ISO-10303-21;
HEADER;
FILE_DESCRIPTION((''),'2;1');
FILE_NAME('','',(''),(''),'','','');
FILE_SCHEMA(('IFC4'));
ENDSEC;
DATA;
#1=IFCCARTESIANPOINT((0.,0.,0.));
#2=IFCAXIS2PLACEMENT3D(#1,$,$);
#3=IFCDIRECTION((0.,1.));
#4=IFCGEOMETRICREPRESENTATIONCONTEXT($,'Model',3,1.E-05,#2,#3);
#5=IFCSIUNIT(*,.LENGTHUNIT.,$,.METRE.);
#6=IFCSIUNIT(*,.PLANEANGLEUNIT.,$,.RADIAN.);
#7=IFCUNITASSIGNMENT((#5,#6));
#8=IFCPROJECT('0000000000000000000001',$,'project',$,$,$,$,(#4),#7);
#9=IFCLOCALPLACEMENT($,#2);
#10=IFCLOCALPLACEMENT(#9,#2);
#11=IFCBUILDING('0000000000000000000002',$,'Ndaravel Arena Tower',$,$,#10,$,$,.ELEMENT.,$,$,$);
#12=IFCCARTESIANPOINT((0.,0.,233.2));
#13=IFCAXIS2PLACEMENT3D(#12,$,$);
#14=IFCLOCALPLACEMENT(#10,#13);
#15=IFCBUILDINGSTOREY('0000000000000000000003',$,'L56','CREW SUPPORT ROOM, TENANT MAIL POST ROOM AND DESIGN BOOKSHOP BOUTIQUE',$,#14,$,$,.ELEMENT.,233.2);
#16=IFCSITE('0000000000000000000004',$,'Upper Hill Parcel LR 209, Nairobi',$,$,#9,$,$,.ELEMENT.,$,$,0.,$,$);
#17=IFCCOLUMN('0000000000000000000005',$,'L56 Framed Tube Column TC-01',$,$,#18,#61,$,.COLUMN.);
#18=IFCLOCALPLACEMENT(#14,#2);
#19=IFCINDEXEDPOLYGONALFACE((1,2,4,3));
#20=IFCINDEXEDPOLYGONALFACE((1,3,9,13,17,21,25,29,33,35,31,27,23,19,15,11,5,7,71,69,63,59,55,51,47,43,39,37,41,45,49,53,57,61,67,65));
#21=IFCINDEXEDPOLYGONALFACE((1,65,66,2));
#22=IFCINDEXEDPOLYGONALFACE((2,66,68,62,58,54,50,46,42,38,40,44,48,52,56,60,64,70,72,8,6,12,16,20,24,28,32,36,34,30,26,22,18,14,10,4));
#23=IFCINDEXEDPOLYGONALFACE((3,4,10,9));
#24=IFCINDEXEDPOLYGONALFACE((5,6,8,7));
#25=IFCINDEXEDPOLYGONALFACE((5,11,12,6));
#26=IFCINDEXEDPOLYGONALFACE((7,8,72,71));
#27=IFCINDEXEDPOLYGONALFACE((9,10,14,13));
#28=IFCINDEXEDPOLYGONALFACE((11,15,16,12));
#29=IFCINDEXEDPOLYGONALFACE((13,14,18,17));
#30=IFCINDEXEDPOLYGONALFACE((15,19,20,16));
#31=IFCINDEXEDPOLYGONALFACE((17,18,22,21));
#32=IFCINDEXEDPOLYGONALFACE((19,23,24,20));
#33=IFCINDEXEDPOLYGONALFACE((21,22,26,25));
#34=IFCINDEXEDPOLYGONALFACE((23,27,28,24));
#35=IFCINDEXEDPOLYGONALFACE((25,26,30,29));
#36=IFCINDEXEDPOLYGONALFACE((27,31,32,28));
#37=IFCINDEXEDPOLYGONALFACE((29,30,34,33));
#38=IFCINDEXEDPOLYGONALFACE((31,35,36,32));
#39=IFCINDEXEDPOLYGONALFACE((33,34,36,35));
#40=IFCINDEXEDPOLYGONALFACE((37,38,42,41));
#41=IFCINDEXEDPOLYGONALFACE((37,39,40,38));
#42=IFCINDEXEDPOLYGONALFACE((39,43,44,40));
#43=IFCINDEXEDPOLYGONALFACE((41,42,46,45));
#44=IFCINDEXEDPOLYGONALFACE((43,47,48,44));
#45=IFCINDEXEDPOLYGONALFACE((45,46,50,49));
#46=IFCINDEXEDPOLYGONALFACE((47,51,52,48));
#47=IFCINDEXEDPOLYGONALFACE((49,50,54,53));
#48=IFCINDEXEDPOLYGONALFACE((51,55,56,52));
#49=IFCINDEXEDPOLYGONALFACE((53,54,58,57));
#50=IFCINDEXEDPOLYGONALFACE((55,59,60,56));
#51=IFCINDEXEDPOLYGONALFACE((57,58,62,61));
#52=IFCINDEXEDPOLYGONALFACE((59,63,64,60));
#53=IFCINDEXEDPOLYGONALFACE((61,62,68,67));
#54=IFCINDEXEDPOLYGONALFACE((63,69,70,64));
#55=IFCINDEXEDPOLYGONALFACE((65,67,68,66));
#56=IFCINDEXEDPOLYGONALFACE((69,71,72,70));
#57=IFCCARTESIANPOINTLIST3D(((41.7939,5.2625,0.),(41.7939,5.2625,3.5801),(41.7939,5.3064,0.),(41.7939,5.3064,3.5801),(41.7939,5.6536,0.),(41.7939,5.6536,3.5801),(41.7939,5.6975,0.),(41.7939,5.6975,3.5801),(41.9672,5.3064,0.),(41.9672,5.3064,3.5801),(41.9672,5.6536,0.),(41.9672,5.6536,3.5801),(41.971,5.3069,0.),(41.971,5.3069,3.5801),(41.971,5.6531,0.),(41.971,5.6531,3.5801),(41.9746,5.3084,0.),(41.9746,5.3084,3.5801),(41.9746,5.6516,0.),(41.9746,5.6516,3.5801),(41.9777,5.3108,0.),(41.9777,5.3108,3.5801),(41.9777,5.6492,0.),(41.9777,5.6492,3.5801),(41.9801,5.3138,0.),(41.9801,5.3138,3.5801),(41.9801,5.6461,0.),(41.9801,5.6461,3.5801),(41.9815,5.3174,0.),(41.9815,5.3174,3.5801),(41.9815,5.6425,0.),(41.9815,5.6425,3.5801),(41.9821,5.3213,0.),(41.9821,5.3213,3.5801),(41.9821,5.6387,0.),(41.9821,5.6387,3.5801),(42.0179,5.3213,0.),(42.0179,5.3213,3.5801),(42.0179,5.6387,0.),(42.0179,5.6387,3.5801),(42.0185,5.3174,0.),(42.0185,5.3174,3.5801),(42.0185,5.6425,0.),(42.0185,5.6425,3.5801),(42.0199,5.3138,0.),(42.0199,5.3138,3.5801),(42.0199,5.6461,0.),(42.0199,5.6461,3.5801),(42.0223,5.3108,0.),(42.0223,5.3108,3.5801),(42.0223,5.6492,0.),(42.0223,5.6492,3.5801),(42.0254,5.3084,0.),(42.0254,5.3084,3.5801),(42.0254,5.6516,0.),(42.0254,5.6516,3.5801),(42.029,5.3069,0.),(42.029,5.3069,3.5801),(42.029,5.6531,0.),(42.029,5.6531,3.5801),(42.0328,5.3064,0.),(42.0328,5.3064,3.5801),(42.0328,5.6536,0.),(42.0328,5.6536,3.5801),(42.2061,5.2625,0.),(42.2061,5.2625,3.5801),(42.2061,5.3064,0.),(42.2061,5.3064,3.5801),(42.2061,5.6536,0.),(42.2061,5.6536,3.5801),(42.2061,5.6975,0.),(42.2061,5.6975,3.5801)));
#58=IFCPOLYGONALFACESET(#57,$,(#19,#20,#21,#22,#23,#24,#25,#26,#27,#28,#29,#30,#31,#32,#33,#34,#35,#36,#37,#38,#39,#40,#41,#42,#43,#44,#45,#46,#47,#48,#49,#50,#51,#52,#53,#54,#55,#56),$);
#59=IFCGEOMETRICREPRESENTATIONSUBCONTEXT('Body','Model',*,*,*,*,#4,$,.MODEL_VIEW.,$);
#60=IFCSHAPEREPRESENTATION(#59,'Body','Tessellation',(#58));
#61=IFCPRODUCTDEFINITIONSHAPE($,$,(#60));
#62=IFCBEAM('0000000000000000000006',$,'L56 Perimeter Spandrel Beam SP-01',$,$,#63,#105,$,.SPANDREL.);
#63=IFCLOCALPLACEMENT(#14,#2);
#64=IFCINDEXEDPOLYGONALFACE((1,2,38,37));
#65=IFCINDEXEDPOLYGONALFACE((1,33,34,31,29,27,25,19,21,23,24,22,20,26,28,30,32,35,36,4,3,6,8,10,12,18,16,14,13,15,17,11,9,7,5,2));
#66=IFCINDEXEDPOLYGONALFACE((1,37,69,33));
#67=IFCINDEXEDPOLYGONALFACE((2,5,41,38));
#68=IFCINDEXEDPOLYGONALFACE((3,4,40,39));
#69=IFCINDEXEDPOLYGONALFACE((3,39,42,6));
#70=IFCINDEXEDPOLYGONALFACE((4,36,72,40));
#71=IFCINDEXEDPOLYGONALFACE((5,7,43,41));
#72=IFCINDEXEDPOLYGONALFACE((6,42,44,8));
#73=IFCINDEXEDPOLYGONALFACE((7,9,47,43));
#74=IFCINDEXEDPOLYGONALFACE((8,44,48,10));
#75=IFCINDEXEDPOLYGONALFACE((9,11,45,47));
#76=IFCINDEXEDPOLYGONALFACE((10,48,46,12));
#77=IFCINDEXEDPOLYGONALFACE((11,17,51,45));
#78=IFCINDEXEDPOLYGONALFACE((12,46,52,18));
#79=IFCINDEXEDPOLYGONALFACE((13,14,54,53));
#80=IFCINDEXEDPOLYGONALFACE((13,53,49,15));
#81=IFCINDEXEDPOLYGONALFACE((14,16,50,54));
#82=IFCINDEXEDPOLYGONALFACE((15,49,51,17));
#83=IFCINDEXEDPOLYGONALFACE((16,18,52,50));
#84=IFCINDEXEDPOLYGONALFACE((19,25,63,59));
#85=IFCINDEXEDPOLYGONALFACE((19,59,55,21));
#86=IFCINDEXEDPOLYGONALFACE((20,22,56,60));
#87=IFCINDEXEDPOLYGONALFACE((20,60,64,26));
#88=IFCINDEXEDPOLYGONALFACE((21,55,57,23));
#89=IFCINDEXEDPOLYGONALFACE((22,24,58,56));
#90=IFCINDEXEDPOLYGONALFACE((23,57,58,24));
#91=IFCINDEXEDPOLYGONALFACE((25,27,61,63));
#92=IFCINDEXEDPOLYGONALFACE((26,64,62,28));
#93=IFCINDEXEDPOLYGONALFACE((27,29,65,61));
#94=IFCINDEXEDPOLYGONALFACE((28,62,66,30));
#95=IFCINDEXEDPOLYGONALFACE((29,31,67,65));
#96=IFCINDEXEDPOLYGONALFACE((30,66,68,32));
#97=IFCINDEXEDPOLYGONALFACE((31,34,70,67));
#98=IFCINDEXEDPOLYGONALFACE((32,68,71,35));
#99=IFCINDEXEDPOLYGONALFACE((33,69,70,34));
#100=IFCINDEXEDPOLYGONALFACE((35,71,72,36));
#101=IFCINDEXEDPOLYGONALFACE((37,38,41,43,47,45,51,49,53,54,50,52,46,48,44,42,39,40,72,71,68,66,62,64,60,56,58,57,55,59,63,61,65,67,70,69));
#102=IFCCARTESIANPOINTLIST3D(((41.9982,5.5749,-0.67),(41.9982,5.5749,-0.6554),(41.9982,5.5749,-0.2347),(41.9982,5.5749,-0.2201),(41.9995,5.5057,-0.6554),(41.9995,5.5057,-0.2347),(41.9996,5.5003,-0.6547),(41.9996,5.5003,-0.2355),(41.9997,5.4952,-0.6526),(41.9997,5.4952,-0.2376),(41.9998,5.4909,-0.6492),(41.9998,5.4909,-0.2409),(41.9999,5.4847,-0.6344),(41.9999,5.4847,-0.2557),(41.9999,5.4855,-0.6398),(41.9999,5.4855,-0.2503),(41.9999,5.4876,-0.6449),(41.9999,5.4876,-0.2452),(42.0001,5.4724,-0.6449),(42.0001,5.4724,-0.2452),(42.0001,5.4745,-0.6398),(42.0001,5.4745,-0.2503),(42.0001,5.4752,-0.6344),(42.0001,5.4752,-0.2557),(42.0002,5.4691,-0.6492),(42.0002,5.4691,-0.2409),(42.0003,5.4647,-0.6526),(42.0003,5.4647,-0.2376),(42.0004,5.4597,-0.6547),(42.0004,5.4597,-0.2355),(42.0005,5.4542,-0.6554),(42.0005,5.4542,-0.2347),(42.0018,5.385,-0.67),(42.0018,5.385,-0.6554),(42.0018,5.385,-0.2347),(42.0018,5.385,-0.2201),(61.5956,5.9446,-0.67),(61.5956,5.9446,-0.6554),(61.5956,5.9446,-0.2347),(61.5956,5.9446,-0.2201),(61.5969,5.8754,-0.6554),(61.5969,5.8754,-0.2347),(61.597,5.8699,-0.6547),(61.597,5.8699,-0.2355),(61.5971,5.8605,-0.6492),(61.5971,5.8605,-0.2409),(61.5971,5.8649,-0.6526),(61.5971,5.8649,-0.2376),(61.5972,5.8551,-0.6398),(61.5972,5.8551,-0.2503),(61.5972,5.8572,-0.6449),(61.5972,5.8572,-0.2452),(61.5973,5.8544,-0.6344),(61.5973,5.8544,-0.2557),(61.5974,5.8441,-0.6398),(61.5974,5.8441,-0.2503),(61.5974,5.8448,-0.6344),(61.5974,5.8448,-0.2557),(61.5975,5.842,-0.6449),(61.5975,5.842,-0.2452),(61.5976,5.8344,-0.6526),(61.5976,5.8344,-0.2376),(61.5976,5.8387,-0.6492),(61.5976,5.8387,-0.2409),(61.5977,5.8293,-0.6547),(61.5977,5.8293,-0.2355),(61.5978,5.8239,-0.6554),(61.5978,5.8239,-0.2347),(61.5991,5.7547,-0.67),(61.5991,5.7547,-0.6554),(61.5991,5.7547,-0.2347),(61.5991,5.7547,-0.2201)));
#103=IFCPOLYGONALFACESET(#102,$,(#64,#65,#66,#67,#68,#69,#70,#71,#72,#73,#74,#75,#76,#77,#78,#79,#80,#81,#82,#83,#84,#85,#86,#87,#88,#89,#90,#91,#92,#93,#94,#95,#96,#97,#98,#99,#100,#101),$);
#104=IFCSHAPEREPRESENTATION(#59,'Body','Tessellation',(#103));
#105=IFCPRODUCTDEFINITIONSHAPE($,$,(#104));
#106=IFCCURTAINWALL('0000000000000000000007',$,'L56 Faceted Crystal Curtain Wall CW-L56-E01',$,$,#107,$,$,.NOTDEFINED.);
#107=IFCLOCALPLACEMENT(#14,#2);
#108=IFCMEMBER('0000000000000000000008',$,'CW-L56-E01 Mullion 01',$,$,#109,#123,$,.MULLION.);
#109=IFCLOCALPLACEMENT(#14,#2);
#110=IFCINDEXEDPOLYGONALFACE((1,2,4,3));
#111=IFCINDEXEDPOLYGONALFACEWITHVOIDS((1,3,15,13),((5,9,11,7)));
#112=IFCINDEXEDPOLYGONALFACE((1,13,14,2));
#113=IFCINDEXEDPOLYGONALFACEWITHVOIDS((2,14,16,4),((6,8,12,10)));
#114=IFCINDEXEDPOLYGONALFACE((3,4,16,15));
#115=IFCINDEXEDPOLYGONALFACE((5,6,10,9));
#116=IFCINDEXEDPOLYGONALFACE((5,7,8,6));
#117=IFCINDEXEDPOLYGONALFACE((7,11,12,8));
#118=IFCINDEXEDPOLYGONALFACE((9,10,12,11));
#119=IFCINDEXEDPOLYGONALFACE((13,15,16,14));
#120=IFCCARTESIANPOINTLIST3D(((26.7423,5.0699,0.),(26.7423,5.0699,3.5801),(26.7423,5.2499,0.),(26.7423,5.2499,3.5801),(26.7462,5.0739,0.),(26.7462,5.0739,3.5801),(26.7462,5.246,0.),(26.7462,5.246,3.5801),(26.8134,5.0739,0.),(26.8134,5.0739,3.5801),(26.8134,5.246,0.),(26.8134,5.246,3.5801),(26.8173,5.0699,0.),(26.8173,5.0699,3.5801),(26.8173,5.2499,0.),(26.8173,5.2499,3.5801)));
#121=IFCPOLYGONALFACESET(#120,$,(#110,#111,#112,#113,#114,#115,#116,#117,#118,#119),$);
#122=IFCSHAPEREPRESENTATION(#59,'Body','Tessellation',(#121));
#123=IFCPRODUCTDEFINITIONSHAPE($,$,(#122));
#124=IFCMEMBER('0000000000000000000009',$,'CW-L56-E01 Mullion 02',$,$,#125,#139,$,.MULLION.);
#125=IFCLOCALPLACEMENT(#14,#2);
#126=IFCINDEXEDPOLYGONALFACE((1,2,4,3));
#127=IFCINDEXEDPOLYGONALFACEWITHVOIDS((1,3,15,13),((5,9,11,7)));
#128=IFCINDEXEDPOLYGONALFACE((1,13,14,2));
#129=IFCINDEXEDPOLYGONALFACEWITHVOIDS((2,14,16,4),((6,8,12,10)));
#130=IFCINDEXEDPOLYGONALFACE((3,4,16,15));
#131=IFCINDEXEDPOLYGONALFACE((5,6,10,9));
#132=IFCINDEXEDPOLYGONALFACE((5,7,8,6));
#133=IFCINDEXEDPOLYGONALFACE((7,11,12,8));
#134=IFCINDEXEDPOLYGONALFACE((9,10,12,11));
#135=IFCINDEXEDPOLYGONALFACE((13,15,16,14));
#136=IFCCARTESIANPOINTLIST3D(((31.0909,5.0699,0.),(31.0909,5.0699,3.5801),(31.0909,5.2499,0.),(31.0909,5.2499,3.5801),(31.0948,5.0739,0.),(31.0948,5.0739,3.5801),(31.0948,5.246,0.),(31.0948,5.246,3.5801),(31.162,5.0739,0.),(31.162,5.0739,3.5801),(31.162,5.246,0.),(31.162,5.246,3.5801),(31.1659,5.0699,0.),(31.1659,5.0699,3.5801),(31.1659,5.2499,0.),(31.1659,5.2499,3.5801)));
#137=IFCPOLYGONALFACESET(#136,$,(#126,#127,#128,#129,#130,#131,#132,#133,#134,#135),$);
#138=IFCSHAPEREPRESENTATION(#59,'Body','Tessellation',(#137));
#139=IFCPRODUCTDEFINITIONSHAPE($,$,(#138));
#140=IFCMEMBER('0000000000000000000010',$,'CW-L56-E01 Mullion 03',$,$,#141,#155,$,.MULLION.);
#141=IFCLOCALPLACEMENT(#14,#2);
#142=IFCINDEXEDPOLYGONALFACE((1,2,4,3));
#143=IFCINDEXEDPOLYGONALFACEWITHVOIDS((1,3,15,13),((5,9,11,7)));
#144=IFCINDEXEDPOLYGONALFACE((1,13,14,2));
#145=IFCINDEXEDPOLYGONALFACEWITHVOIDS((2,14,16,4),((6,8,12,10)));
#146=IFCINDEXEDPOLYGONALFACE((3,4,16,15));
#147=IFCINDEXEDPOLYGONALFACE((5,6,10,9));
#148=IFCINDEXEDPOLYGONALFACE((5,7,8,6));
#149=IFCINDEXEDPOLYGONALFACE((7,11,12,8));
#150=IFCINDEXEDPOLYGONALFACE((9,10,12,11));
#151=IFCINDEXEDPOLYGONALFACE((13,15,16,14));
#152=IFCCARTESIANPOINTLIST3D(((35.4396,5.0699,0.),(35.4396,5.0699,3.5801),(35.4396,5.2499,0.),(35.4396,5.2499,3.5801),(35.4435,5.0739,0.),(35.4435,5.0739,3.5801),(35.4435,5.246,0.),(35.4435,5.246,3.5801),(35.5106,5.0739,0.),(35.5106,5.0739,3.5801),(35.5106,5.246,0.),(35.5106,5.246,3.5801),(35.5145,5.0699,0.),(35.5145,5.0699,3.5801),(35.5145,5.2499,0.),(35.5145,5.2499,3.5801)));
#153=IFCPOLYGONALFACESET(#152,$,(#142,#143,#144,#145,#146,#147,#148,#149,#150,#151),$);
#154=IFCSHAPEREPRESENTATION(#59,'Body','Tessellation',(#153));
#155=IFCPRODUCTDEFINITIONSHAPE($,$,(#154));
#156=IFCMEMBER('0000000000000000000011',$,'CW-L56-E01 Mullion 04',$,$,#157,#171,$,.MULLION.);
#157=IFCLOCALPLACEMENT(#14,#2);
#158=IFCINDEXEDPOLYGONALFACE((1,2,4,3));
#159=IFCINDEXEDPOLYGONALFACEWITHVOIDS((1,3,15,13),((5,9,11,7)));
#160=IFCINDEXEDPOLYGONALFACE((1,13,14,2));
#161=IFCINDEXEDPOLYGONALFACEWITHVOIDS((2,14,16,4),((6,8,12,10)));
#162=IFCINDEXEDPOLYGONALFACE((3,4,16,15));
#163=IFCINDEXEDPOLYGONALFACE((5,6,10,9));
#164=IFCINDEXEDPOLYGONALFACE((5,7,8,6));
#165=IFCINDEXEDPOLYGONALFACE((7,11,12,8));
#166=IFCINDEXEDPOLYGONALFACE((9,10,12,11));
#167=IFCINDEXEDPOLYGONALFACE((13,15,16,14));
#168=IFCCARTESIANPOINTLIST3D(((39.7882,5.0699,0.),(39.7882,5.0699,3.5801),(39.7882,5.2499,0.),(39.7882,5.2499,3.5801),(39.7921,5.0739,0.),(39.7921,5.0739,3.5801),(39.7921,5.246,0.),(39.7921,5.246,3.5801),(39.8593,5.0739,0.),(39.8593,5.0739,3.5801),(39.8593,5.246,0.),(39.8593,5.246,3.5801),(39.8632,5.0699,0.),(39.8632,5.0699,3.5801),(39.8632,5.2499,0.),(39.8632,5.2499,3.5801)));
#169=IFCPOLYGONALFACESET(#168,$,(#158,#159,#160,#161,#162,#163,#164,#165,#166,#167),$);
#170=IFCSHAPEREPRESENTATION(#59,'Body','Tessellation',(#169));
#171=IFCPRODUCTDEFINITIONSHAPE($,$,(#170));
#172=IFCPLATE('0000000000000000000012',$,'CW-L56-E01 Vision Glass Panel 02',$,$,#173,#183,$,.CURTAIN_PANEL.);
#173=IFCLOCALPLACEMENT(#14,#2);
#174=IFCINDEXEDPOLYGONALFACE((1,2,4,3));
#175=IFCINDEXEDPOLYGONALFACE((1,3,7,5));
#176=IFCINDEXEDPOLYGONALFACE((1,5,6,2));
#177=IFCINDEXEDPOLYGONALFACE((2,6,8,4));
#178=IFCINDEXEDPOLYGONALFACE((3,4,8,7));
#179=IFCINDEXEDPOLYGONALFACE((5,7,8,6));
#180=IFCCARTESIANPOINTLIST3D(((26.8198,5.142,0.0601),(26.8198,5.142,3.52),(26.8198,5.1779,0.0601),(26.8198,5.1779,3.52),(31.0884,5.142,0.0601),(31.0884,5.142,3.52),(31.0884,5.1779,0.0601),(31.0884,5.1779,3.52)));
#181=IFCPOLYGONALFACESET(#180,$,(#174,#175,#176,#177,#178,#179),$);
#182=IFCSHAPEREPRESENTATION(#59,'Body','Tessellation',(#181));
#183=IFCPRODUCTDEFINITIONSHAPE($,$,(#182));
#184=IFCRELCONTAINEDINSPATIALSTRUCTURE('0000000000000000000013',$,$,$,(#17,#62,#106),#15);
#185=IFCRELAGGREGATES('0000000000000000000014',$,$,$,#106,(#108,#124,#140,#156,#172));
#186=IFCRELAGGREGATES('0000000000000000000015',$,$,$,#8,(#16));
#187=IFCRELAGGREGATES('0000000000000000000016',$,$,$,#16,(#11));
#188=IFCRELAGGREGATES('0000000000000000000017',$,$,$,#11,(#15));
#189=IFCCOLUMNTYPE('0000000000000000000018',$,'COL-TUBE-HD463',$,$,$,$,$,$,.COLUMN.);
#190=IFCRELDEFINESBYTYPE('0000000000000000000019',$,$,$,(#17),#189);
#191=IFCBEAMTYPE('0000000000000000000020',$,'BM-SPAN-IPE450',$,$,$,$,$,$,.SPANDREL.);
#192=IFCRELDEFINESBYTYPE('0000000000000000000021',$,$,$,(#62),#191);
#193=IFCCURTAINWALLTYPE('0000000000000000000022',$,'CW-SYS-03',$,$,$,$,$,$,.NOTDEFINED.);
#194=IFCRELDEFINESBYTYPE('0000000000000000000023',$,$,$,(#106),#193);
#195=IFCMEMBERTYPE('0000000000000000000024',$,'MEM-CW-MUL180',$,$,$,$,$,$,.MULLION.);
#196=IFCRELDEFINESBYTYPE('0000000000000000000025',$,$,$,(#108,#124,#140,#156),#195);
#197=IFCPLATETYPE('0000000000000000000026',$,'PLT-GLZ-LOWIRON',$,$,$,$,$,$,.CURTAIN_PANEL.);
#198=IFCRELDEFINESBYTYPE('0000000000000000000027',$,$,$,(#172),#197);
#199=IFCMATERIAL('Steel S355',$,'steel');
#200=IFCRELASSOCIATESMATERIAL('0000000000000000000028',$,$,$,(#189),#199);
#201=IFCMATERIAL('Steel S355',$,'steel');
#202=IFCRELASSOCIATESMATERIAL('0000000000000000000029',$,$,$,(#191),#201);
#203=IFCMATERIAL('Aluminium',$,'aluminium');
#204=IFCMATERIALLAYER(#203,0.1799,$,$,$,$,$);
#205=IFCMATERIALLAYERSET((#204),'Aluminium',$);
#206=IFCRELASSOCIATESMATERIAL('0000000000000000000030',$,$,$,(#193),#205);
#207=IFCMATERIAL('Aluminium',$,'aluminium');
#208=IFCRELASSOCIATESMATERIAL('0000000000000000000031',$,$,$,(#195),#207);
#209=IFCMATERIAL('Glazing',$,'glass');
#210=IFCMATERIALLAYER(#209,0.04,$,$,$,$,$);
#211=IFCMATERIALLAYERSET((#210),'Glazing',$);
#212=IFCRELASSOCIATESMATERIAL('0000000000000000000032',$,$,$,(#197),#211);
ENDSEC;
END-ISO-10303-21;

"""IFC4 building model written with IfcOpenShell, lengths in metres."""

from ifc_helpers import new_model, si_unit, direction, frame, origin, origin_2d, place, context, subcontext, project, spatial, rectangle, hollow_rectangle, i_section, extrude, material, layer, layer_set, material_profile, profile_set, type_object, element, aggregate, save


model = new_model("IFC4")

# Units and contexts
model_context = context("Model", 3, precision=1e-05, world=origin(), true_north=direction((0.0, 1.0)))
body_context = subcontext(model_context, "Body", "Model", "MODEL_VIEW")
ifc_project = project(units=[si_unit("LENGTHUNIT", "METRE"), si_unit("PLANEANGLEUNIT", "RADIAN")], contexts=[model_context])

# Site, building, storey
site_placement = place(None, origin())
site = spatial("IfcSite", under=ifc_project, at=site_placement, Name="Upper Hill Parcel LR 209, Nairobi", CompositionType="ELEMENT", RefElevation=0.0)
building_placement = place(site_placement, origin())
building = spatial("IfcBuilding", under=site, at=building_placement, Name="Ndaravel Arena Tower", CompositionType="ELEMENT")
storey_placement = place(building_placement, frame((0.0, 0.0, 233.2)))
storey = spatial("IfcBuildingStorey", under=building, at=storey_placement, Name="L56", Description="CREW SUPPORT ROOM, TENANT MAIL POST ROOM AND DESIGN BOOKSHOP BOUTIQUE", CompositionType="ELEMENT", Elevation=233.2)

# Column
ifc_material_1 = material(Name="Steel S355", Category="steel")
ifc_material_profile_1 = material_profile(ifc_material_1, i_section(OverallWidth=0.4121, OverallDepth=0.4351, WebThickness=0.0359, FlangeThickness=0.0439, FilletRadius=0.0149, at=origin_2d()), Name="HD 400x463")
ifc_profile_set_1 = profile_set([ifc_material_profile_1], Name="Steel S355")
column_type = type_object("IfcColumnType", Name="COL-TUBE-HD463", PredefinedType="COLUMN", material=ifc_profile_set_1)
column_placement = place(storey_placement, frame((42.0, 5.48, 0.0), z_axis=(0.0, 0.0, 1.0), x_axis=(1.0, 0.0, 0.0)))
element("IfcColumn", 1, at=column_placement, inside=storey, type_object=column_type, Name="L56 Framed Tube Column TC-01", PredefinedType="COLUMN", context=body_context, shape_type="SweptSolid", body=[
    extrude(i_section(OverallWidth=0.4121, OverallDepth=0.4351, WebThickness=0.0359, FlangeThickness=0.0439, FilletRadius=0.0149, at=origin_2d()), origin(), (0.0, 0.0, 1.0), 3.5801),
])

# Beam
ifc_material_2 = material(Name="Steel S355", Category="steel")
ifc_material_profile_2 = material_profile(ifc_material_2, i_section(OverallWidth=0.1899, OverallDepth=0.45, WebThickness=0.0095, FlangeThickness=0.0146, FilletRadius=0.021, at=origin_2d()), Name="IPE 450")
ifc_profile_set_2 = profile_set([ifc_material_profile_2], Name="Steel S355")
beam_type = type_object("IfcBeamType", Name="BM-SPAN-IPE450", PredefinedType="SPANDREL", material=ifc_profile_set_2)
beam_placement = place(storey_placement, frame((42.0, 5.48, -0.4451), z_axis=(0.999822, 0.018858, 0.0), x_axis=(-0.018858, 0.999822, 0.0)))
element("IfcBeam", 2, at=beam_placement, inside=storey, type_object=beam_type, Name="L56 Perimeter Spandrel Beam SP-01", PredefinedType="SPANDREL", context=body_context, shape_type="SweptSolid", body=[
    extrude(i_section(OverallWidth=0.1899, OverallDepth=0.45, WebThickness=0.0095, FlangeThickness=0.0146, FilletRadius=0.021, at=origin_2d()), origin(), (0.0, 0.0, 1.0), 19.6008),
])

# Curtain wall, members, plate
ifc_material_3 = material(Name="Aluminium", Category="aluminium")
ifc_layer_1 = layer(ifc_material_3, 0.1799)
ifc_layer_set_1 = layer_set([ifc_layer_1], Name="Aluminium")
curtain_wall_type = type_object("IfcCurtainWallType", Name="CW-SYS-03", PredefinedType="NOTDEFINED", material=ifc_layer_set_1)
curtain_wall_placement = place(storey_placement, origin())
curtain_wall = element("IfcCurtainWall", 3, at=curtain_wall_placement, inside=storey, type_object=curtain_wall_type, Name="L56 Faceted Crystal Curtain Wall CW-L56-E01", PredefinedType="NOTDEFINED")
ifc_material_4 = material(Name="Aluminium", Category="aluminium")
ifc_material_profile_3 = material_profile(ifc_material_4, hollow_rectangle(XDim=0.075, YDim=0.1799, WallThickness=0.0039, at=origin_2d()), Name="CW MULLION 75x180x4")
ifc_profile_set_3 = profile_set([ifc_material_profile_3], Name="Aluminium")
member_type = type_object("IfcMemberType", Name="MEM-CW-MUL180", PredefinedType="MULLION", material=ifc_profile_set_3)
member_1_placement = place(storey_placement, frame((26.7798, 5.1599, 0.0), z_axis=(0.0, 0.0, 1.0), x_axis=(1.0, 0.0, 0.0)))
member_1 = element("IfcMember", 4, at=member_1_placement, type_object=member_type, Name="CW-L56-E01 Mullion 01", PredefinedType="MULLION", context=body_context, shape_type="SweptSolid", body=[
    extrude(hollow_rectangle(XDim=0.075, YDim=0.1799, WallThickness=0.0039, at=origin_2d()), origin(), (0.0, 0.0, 1.0), 3.5801),
])
member_2_placement = place(storey_placement, frame((31.1284, 5.1599, 0.0), z_axis=(0.0, 0.0, 1.0), x_axis=(1.0, 0.0, 0.0)))
member_2 = element("IfcMember", 5, at=member_2_placement, type_object=member_type, Name="CW-L56-E01 Mullion 02", PredefinedType="MULLION", context=body_context, shape_type="SweptSolid", body=[
    extrude(hollow_rectangle(XDim=0.075, YDim=0.1799, WallThickness=0.0039, at=origin_2d()), origin(), (0.0, 0.0, 1.0), 3.5801),
])
member_3_placement = place(storey_placement, frame((35.4771, 5.1599, 0.0), z_axis=(0.0, 0.0, 1.0), x_axis=(1.0, 0.0, 0.0)))
member_3 = element("IfcMember", 6, at=member_3_placement, type_object=member_type, Name="CW-L56-E01 Mullion 03", PredefinedType="MULLION", context=body_context, shape_type="SweptSolid", body=[
    extrude(hollow_rectangle(XDim=0.075, YDim=0.1799, WallThickness=0.0039, at=origin_2d()), origin(), (0.0, 0.0, 1.0), 3.5801),
])
member_4_placement = place(storey_placement, frame((39.8257, 5.1599, 0.0), z_axis=(0.0, 0.0, 1.0), x_axis=(1.0, 0.0, 0.0)))
member_4 = element("IfcMember", 7, at=member_4_placement, type_object=member_type, Name="CW-L56-E01 Mullion 04", PredefinedType="MULLION", context=body_context, shape_type="SweptSolid", body=[
    extrude(hollow_rectangle(XDim=0.075, YDim=0.1799, WallThickness=0.0039, at=origin_2d()), origin(), (0.0, 0.0, 1.0), 3.5801),
])
ifc_material_5 = material(Name="Glazing", Category="glass")
ifc_layer_2 = layer(ifc_material_5, 0.04)
ifc_layer_set_2 = layer_set([ifc_layer_2], Name="Glazing")
plate_type = type_object("IfcPlateType", Name="PLT-GLZ-LOWIRON", PredefinedType="CURTAIN_PANEL", material=ifc_layer_set_2)
plate_1_placement = place(storey_placement, frame((28.9541, 5.1599, 0.0601), z_axis=(0.0, 0.0, 1.0), x_axis=(1.0, 0.0, 0.0)))
plate_1 = element("IfcPlate", 8, at=plate_1_placement, type_object=plate_type, Name="CW-L56-E01 Vision Glass Panel 02", PredefinedType="CURTAIN_PANEL", context=body_context, shape_type="SweptSolid", body=[
    extrude(rectangle(XDim=4.2686, YDim=0.0359, at=origin_2d()), origin(), (0.0, 0.0, 1.0), 3.46),
])
aggregate(curtain_wall, [member_1, member_2, member_3, member_4, plate_1])

save(model, "model.ifc")
